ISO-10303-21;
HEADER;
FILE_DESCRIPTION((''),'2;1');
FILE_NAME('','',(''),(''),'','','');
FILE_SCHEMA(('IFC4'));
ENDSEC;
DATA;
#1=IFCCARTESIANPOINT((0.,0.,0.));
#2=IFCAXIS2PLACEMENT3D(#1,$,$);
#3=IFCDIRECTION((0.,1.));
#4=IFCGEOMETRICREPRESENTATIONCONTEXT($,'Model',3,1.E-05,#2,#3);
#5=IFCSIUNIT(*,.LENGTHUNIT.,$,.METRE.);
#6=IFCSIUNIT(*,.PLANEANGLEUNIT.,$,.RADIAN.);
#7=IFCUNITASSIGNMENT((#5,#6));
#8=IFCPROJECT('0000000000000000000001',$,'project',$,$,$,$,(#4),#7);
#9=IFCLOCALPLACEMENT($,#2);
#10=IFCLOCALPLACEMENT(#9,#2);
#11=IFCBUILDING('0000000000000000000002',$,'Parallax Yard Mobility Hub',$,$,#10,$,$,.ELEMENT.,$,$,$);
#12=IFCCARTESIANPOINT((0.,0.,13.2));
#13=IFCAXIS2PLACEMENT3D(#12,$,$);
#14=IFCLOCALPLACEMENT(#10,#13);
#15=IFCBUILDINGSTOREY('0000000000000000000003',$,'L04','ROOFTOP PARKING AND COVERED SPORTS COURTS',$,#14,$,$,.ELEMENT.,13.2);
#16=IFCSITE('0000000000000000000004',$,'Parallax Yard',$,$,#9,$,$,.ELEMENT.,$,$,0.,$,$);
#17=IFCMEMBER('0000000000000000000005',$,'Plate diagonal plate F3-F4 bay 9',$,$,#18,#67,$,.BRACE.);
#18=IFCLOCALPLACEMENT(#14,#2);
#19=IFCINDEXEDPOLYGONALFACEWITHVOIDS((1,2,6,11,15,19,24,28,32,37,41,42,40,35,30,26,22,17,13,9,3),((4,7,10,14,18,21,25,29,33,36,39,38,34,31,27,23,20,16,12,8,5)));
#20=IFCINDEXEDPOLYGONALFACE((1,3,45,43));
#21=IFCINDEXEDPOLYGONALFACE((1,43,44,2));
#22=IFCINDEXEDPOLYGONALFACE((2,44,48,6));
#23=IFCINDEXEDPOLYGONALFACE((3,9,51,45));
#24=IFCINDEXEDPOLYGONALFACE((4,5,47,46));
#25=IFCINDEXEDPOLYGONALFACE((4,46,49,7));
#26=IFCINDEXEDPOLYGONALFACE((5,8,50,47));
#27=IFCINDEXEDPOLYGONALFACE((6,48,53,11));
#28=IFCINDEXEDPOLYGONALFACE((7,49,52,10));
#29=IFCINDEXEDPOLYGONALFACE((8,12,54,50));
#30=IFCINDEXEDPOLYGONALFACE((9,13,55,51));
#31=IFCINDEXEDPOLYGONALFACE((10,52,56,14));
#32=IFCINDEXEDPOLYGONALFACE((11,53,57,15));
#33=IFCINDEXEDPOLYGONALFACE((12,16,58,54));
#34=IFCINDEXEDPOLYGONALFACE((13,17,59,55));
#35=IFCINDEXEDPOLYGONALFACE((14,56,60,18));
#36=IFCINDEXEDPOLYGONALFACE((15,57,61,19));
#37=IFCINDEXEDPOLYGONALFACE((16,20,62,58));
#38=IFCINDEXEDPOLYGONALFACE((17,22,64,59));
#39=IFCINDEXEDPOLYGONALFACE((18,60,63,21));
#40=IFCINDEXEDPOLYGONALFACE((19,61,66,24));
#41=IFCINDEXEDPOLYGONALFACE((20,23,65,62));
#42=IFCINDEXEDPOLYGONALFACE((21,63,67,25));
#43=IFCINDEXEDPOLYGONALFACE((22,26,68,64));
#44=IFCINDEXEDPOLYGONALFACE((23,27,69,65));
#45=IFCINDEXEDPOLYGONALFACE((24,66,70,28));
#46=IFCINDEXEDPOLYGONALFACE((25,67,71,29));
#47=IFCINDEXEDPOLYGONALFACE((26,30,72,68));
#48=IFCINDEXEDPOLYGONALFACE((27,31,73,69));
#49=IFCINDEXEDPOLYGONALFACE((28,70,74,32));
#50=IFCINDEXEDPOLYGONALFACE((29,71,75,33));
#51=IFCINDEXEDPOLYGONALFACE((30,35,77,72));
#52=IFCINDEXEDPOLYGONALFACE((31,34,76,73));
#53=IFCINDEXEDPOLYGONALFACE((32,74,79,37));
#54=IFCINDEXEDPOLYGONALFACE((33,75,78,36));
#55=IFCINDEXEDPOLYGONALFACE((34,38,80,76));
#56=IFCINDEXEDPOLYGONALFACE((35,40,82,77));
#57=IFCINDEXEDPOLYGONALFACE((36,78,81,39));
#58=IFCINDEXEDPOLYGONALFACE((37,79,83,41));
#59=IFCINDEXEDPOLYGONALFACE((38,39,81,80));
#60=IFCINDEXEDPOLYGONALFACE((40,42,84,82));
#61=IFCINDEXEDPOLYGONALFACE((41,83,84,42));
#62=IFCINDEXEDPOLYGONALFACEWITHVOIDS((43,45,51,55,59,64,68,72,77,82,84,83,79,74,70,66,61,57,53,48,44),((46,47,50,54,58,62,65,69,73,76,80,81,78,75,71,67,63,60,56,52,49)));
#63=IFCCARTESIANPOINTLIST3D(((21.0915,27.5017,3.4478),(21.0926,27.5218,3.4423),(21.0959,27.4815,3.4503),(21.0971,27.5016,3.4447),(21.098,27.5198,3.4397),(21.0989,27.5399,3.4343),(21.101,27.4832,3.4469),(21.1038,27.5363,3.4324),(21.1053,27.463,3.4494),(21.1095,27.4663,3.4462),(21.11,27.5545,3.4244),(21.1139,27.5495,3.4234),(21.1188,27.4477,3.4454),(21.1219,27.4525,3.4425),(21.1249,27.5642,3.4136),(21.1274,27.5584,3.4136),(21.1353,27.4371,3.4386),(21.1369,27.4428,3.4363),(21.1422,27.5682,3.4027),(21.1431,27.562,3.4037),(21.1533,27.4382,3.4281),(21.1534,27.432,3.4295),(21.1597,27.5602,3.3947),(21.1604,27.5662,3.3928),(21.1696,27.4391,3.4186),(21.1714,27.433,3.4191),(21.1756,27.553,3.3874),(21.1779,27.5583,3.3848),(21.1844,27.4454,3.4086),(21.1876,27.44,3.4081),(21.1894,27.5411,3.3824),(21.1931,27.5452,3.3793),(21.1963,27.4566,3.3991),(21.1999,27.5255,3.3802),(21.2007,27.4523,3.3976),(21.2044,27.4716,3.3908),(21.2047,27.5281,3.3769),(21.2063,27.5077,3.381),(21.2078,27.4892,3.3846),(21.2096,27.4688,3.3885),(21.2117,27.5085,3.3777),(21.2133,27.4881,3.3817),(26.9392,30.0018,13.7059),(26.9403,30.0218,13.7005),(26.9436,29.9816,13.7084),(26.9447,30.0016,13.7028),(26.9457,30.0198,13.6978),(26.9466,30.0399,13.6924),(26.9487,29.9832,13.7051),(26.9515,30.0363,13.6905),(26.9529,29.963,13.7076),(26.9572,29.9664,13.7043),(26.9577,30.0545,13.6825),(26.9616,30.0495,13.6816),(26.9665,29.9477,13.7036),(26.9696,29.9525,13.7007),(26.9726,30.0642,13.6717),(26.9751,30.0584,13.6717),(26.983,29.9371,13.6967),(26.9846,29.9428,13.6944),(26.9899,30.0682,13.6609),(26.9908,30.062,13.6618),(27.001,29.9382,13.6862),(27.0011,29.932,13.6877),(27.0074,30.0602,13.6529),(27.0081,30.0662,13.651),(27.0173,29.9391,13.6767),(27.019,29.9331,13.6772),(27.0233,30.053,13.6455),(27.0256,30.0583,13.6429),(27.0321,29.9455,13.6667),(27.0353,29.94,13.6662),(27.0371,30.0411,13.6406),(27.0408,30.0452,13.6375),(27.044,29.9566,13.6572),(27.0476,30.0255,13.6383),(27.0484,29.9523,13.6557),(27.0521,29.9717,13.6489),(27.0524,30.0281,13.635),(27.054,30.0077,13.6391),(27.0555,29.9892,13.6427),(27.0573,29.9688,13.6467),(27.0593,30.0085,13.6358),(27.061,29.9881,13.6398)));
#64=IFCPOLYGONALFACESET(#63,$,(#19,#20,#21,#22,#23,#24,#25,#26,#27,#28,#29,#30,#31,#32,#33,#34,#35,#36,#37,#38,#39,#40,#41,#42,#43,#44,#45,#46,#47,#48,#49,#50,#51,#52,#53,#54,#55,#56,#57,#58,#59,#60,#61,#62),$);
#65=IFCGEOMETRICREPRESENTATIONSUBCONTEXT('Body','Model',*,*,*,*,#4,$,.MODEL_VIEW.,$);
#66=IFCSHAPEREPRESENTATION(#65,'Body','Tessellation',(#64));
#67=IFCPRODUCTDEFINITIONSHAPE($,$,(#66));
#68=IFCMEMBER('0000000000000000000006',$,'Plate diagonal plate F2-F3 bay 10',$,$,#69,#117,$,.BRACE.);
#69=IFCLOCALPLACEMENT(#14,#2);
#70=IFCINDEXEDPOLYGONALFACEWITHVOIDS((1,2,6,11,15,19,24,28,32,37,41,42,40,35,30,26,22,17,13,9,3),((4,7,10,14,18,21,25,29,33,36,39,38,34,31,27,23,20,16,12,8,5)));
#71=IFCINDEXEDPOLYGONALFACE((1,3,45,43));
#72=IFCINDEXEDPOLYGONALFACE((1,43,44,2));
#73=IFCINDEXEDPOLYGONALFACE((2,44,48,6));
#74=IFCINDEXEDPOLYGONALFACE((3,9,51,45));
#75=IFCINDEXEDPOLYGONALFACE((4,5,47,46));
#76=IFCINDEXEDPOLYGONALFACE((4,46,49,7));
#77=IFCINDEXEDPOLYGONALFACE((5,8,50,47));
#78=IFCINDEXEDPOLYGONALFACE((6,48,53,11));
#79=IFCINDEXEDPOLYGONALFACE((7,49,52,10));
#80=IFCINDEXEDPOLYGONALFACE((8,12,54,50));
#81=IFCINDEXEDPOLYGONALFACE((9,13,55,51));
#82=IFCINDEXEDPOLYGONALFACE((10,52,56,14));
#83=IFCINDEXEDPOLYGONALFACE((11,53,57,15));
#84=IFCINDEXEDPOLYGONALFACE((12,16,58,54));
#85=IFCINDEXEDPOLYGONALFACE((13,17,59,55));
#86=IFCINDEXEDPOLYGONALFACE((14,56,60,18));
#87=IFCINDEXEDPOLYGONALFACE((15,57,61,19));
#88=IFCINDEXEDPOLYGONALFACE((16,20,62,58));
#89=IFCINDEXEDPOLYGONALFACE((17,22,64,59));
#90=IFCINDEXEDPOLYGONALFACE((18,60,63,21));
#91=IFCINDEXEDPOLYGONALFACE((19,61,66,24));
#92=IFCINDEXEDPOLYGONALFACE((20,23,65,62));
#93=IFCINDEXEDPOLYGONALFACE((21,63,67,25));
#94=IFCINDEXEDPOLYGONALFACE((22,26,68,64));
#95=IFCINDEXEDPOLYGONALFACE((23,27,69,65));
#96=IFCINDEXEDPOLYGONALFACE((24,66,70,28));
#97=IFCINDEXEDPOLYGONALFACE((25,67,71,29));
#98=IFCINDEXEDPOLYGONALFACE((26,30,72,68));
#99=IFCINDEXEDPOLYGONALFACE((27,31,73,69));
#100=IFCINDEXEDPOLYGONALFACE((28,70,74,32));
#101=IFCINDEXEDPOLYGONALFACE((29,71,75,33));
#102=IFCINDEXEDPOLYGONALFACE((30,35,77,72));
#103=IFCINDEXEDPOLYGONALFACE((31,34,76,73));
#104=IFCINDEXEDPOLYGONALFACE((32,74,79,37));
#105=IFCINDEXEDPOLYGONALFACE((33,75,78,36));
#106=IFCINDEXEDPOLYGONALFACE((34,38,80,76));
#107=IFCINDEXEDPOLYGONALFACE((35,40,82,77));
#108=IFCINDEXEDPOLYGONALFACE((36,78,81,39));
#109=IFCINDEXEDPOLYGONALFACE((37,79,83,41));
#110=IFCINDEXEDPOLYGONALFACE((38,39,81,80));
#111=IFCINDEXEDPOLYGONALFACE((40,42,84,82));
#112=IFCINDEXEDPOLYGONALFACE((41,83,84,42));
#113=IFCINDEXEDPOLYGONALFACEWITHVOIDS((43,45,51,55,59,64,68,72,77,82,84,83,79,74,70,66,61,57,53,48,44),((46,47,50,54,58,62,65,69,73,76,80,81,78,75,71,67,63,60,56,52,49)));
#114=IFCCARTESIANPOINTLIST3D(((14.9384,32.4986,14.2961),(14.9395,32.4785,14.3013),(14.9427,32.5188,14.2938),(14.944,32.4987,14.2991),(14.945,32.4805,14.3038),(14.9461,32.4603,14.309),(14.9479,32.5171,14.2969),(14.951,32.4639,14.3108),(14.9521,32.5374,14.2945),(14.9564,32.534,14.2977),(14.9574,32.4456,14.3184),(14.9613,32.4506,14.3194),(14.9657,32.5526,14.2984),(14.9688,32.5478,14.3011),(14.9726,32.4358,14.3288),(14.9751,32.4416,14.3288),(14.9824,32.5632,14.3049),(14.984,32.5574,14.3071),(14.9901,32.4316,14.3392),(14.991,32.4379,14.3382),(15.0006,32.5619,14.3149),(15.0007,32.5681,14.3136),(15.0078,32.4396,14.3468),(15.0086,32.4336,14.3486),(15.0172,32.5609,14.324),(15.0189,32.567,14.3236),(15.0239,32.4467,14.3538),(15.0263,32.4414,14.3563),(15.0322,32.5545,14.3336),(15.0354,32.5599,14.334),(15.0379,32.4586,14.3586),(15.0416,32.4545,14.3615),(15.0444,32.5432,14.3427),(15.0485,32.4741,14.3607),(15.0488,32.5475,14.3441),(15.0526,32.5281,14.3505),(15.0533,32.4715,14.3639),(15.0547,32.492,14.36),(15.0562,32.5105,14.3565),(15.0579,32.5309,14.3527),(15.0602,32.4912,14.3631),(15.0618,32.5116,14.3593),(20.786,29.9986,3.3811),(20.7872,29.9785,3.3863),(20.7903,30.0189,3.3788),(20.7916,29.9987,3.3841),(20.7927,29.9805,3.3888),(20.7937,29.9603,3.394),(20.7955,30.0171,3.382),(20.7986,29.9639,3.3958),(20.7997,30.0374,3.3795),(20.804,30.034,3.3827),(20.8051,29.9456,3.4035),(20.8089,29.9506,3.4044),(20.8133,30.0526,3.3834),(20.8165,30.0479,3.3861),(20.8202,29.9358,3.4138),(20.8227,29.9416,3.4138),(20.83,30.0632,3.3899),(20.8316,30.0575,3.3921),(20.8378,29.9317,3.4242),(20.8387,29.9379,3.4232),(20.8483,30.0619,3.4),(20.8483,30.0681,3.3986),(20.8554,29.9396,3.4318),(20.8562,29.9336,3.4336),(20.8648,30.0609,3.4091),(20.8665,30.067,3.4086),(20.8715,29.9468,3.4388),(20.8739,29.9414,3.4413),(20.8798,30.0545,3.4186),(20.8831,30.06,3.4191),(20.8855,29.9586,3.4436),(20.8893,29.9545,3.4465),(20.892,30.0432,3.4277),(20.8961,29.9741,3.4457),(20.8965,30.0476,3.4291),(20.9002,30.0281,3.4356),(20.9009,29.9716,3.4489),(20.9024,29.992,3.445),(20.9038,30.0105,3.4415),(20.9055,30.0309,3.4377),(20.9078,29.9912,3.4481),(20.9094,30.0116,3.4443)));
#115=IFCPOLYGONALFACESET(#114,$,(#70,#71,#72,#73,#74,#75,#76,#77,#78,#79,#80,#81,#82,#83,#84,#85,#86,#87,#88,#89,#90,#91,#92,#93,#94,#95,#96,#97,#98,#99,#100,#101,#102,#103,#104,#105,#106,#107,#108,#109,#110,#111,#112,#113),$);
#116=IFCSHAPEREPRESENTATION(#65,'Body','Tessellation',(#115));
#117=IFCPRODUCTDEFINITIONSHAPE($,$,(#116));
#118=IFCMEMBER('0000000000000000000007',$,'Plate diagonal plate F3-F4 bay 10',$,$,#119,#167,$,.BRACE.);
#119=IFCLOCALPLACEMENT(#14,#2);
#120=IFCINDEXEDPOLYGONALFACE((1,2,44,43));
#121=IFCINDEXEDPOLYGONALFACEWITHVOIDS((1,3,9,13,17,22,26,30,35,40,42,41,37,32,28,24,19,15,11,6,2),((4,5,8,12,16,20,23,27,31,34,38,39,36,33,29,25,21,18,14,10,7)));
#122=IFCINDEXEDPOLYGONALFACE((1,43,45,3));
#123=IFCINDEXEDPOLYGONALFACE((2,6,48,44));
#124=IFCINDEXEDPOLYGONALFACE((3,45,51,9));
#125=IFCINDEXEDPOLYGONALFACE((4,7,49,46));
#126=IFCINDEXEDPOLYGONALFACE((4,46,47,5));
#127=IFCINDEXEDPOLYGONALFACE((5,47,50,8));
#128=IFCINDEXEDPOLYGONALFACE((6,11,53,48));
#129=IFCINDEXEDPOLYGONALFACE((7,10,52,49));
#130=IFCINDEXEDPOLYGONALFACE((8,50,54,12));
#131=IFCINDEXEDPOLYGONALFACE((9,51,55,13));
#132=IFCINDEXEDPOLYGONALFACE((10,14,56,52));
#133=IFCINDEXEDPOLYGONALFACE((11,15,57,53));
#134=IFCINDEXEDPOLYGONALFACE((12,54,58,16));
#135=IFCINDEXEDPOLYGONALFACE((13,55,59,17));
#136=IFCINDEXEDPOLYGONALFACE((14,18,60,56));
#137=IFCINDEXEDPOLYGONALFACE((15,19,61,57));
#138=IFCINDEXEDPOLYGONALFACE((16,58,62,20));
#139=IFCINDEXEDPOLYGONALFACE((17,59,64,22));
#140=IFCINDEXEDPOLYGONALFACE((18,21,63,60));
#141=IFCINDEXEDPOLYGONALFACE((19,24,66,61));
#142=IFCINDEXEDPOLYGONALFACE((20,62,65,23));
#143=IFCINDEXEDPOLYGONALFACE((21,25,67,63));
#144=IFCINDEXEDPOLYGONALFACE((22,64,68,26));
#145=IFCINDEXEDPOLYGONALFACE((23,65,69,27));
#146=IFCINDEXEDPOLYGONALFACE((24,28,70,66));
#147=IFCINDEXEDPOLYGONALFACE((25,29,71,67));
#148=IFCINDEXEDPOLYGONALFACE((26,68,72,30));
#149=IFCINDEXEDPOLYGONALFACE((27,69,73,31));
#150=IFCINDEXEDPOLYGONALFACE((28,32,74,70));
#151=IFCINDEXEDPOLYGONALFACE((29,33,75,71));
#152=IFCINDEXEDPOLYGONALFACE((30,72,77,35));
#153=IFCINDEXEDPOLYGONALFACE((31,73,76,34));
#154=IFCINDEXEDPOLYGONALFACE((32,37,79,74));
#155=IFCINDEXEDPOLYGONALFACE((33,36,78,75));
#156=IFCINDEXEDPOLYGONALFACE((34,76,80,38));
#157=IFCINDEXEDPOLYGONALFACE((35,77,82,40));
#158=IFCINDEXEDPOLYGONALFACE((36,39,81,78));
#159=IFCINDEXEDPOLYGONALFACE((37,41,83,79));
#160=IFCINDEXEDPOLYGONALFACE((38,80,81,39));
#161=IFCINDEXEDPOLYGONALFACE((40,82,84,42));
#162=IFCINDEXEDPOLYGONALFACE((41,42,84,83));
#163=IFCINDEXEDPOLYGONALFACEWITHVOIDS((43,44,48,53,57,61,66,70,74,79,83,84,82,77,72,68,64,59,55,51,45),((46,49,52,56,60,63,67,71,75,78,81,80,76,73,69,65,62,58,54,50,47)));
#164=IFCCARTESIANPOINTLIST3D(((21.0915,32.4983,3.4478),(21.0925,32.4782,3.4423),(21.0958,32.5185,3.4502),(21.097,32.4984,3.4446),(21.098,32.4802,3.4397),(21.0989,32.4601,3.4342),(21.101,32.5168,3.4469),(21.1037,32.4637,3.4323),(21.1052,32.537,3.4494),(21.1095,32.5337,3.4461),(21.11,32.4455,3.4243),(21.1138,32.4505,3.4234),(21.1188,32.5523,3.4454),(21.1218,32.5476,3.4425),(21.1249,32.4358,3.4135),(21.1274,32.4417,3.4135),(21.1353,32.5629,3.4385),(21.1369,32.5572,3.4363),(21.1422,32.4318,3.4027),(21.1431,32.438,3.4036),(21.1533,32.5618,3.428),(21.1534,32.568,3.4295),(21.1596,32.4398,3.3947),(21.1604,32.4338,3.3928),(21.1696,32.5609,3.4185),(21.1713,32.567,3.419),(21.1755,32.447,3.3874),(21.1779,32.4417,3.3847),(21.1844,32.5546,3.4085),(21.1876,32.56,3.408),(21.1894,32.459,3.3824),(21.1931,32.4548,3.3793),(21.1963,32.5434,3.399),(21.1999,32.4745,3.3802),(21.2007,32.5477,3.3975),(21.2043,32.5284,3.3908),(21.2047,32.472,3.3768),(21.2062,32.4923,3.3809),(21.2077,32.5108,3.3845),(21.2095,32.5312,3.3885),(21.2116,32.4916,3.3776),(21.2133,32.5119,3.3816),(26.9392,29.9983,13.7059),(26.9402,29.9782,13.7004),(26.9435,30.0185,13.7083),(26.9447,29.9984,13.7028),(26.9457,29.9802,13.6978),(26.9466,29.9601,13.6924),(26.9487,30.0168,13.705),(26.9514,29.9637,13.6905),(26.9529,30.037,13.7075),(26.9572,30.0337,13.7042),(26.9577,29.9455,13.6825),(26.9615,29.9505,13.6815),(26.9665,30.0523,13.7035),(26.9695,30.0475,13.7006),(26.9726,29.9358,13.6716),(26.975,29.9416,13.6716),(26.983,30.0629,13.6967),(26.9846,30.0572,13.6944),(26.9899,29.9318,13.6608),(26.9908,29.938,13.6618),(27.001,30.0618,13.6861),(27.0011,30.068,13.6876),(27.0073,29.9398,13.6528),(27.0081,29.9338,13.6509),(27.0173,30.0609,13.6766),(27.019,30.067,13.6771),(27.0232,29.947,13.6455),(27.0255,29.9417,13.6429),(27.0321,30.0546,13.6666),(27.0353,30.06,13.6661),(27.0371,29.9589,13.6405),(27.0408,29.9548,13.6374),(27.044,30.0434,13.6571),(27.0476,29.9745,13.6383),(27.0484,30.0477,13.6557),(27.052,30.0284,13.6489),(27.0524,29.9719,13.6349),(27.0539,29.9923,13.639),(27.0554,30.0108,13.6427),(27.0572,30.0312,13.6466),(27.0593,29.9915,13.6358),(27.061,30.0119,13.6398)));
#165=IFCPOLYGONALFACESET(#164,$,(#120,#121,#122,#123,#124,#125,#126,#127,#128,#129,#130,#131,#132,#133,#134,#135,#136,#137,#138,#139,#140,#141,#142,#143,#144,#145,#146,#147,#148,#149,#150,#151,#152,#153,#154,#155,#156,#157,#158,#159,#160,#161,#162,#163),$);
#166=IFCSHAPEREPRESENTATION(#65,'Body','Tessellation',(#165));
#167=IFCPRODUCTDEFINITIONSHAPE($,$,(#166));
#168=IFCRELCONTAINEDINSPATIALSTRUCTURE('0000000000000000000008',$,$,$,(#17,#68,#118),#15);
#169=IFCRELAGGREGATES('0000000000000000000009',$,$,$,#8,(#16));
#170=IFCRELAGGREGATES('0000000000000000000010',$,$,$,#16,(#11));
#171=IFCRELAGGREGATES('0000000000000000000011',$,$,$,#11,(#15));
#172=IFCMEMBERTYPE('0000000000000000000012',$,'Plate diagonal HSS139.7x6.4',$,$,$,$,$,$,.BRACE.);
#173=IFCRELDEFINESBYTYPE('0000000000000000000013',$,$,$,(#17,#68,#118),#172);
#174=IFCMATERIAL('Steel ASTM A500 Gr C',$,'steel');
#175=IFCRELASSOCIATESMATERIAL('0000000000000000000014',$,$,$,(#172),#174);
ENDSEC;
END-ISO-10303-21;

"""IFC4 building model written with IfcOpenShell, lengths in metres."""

from ifc_helpers import new_model, si_unit, direction, frame, origin, origin_2d, place, context, subcontext, project, spatial, hollow_circle, extrude, material, material_profile, profile_set, type_object, element, save


model = new_model("IFC4")

# Units and contexts
model_context = context("Model", 3, precision=1e-05, world=origin(), true_north=direction((0.0, 1.0)))
body_context = subcontext(model_context, "Body", "Model", "MODEL_VIEW")
ifc_project = project(units=[si_unit("LENGTHUNIT", "METRE"), si_unit("PLANEANGLEUNIT", "RADIAN")], contexts=[model_context])

# Site, building, storey
site_placement = place(None, origin())
site = spatial("IfcSite", under=ifc_project, at=site_placement, Name="Parallax Yard", CompositionType="ELEMENT", RefElevation=0.0)
building_placement = place(site_placement, origin())
building = spatial("IfcBuilding", under=site, at=building_placement, Name="Parallax Yard Mobility Hub", CompositionType="ELEMENT")
storey_placement = place(building_placement, frame((0.0, 0.0, 13.2)))
storey = spatial("IfcBuildingStorey", under=building, at=storey_placement, Name="L04", Description="ROOFTOP PARKING AND COVERED SPORTS COURTS", CompositionType="ELEMENT", Elevation=13.2)

# Members
ifc_material_1 = material(Name="Steel ASTM A500 Gr C", Category="steel")
ifc_material_profile_1 = material_profile(ifc_material_1, hollow_circle(Radius=0.0698, WallThickness=0.0063, at=origin_2d()), Name="HSS139.7x6.4")
ifc_profile_set_1 = profile_set([ifc_material_profile_1], Name="Steel ASTM A500 Gr C")
member_type_1 = type_object("IfcMemberType", Name="Plate diagonal HSS139.7x6.4", PredefinedType="BRACE", material=ifc_profile_set_1)
for number, where, z_axis, x_axis, name in (
    (1, (21.1523, 27.5, 3.4136), (0.484499, 0.207134, 0.849916), (-0.393104, 0.919494, 0.0), "Plate diagonal plate F3-F4 bay 9"),
):
    element("IfcMember", number, at=place(storey_placement, frame(where, z_axis=z_axis, x_axis=x_axis)), inside=storey, type_object=member_type_1, Name=name, PredefinedType="BRACE", context=body_context, shape_type="SweptSolid", body=[
        extrude(hollow_circle(Radius=0.0698, WallThickness=0.0063, at=origin_2d()), origin(), (0.0, 0.0, 1.0), 12.0696),
    ])
member_1_placement = place(storey_placement, frame((20.8477, 30.0, 3.4138), z_axis=(-0.462901, 0.1979, 0.864036), x_axis=(-0.393104, -0.919494, 0.0)))
element("IfcMember", 2, at=member_1_placement, inside=storey, type_object=member_type_1, Name="Plate diagonal plate F2-F3 bay 10", PredefinedType="BRACE", context=body_context, shape_type="SweptSolid", body=[
    extrude(hollow_circle(Radius=0.0698, WallThickness=0.0063, at=origin_2d()), origin(), (0.0, 0.0, 1.0), 12.6326),
])
for number, where, z_axis, x_axis, name in (
    (3, (27.0, 30.0, 13.6716), (-0.484499, 0.207134, -0.849916), (-0.393104, -0.919494, 0.0), "Plate diagonal plate F3-F4 bay 10"),
):
    element("IfcMember", number, at=place(storey_placement, frame(where, z_axis=z_axis, x_axis=x_axis)), inside=storey, type_object=member_type_1, Name=name, PredefinedType="BRACE", context=body_context, shape_type="SweptSolid", body=[
        extrude(hollow_circle(Radius=0.0698, WallThickness=0.0063, at=origin_2d()), origin(), (0.0, 0.0, 1.0), 12.0696),
    ])

save(model, "model.ifc")
